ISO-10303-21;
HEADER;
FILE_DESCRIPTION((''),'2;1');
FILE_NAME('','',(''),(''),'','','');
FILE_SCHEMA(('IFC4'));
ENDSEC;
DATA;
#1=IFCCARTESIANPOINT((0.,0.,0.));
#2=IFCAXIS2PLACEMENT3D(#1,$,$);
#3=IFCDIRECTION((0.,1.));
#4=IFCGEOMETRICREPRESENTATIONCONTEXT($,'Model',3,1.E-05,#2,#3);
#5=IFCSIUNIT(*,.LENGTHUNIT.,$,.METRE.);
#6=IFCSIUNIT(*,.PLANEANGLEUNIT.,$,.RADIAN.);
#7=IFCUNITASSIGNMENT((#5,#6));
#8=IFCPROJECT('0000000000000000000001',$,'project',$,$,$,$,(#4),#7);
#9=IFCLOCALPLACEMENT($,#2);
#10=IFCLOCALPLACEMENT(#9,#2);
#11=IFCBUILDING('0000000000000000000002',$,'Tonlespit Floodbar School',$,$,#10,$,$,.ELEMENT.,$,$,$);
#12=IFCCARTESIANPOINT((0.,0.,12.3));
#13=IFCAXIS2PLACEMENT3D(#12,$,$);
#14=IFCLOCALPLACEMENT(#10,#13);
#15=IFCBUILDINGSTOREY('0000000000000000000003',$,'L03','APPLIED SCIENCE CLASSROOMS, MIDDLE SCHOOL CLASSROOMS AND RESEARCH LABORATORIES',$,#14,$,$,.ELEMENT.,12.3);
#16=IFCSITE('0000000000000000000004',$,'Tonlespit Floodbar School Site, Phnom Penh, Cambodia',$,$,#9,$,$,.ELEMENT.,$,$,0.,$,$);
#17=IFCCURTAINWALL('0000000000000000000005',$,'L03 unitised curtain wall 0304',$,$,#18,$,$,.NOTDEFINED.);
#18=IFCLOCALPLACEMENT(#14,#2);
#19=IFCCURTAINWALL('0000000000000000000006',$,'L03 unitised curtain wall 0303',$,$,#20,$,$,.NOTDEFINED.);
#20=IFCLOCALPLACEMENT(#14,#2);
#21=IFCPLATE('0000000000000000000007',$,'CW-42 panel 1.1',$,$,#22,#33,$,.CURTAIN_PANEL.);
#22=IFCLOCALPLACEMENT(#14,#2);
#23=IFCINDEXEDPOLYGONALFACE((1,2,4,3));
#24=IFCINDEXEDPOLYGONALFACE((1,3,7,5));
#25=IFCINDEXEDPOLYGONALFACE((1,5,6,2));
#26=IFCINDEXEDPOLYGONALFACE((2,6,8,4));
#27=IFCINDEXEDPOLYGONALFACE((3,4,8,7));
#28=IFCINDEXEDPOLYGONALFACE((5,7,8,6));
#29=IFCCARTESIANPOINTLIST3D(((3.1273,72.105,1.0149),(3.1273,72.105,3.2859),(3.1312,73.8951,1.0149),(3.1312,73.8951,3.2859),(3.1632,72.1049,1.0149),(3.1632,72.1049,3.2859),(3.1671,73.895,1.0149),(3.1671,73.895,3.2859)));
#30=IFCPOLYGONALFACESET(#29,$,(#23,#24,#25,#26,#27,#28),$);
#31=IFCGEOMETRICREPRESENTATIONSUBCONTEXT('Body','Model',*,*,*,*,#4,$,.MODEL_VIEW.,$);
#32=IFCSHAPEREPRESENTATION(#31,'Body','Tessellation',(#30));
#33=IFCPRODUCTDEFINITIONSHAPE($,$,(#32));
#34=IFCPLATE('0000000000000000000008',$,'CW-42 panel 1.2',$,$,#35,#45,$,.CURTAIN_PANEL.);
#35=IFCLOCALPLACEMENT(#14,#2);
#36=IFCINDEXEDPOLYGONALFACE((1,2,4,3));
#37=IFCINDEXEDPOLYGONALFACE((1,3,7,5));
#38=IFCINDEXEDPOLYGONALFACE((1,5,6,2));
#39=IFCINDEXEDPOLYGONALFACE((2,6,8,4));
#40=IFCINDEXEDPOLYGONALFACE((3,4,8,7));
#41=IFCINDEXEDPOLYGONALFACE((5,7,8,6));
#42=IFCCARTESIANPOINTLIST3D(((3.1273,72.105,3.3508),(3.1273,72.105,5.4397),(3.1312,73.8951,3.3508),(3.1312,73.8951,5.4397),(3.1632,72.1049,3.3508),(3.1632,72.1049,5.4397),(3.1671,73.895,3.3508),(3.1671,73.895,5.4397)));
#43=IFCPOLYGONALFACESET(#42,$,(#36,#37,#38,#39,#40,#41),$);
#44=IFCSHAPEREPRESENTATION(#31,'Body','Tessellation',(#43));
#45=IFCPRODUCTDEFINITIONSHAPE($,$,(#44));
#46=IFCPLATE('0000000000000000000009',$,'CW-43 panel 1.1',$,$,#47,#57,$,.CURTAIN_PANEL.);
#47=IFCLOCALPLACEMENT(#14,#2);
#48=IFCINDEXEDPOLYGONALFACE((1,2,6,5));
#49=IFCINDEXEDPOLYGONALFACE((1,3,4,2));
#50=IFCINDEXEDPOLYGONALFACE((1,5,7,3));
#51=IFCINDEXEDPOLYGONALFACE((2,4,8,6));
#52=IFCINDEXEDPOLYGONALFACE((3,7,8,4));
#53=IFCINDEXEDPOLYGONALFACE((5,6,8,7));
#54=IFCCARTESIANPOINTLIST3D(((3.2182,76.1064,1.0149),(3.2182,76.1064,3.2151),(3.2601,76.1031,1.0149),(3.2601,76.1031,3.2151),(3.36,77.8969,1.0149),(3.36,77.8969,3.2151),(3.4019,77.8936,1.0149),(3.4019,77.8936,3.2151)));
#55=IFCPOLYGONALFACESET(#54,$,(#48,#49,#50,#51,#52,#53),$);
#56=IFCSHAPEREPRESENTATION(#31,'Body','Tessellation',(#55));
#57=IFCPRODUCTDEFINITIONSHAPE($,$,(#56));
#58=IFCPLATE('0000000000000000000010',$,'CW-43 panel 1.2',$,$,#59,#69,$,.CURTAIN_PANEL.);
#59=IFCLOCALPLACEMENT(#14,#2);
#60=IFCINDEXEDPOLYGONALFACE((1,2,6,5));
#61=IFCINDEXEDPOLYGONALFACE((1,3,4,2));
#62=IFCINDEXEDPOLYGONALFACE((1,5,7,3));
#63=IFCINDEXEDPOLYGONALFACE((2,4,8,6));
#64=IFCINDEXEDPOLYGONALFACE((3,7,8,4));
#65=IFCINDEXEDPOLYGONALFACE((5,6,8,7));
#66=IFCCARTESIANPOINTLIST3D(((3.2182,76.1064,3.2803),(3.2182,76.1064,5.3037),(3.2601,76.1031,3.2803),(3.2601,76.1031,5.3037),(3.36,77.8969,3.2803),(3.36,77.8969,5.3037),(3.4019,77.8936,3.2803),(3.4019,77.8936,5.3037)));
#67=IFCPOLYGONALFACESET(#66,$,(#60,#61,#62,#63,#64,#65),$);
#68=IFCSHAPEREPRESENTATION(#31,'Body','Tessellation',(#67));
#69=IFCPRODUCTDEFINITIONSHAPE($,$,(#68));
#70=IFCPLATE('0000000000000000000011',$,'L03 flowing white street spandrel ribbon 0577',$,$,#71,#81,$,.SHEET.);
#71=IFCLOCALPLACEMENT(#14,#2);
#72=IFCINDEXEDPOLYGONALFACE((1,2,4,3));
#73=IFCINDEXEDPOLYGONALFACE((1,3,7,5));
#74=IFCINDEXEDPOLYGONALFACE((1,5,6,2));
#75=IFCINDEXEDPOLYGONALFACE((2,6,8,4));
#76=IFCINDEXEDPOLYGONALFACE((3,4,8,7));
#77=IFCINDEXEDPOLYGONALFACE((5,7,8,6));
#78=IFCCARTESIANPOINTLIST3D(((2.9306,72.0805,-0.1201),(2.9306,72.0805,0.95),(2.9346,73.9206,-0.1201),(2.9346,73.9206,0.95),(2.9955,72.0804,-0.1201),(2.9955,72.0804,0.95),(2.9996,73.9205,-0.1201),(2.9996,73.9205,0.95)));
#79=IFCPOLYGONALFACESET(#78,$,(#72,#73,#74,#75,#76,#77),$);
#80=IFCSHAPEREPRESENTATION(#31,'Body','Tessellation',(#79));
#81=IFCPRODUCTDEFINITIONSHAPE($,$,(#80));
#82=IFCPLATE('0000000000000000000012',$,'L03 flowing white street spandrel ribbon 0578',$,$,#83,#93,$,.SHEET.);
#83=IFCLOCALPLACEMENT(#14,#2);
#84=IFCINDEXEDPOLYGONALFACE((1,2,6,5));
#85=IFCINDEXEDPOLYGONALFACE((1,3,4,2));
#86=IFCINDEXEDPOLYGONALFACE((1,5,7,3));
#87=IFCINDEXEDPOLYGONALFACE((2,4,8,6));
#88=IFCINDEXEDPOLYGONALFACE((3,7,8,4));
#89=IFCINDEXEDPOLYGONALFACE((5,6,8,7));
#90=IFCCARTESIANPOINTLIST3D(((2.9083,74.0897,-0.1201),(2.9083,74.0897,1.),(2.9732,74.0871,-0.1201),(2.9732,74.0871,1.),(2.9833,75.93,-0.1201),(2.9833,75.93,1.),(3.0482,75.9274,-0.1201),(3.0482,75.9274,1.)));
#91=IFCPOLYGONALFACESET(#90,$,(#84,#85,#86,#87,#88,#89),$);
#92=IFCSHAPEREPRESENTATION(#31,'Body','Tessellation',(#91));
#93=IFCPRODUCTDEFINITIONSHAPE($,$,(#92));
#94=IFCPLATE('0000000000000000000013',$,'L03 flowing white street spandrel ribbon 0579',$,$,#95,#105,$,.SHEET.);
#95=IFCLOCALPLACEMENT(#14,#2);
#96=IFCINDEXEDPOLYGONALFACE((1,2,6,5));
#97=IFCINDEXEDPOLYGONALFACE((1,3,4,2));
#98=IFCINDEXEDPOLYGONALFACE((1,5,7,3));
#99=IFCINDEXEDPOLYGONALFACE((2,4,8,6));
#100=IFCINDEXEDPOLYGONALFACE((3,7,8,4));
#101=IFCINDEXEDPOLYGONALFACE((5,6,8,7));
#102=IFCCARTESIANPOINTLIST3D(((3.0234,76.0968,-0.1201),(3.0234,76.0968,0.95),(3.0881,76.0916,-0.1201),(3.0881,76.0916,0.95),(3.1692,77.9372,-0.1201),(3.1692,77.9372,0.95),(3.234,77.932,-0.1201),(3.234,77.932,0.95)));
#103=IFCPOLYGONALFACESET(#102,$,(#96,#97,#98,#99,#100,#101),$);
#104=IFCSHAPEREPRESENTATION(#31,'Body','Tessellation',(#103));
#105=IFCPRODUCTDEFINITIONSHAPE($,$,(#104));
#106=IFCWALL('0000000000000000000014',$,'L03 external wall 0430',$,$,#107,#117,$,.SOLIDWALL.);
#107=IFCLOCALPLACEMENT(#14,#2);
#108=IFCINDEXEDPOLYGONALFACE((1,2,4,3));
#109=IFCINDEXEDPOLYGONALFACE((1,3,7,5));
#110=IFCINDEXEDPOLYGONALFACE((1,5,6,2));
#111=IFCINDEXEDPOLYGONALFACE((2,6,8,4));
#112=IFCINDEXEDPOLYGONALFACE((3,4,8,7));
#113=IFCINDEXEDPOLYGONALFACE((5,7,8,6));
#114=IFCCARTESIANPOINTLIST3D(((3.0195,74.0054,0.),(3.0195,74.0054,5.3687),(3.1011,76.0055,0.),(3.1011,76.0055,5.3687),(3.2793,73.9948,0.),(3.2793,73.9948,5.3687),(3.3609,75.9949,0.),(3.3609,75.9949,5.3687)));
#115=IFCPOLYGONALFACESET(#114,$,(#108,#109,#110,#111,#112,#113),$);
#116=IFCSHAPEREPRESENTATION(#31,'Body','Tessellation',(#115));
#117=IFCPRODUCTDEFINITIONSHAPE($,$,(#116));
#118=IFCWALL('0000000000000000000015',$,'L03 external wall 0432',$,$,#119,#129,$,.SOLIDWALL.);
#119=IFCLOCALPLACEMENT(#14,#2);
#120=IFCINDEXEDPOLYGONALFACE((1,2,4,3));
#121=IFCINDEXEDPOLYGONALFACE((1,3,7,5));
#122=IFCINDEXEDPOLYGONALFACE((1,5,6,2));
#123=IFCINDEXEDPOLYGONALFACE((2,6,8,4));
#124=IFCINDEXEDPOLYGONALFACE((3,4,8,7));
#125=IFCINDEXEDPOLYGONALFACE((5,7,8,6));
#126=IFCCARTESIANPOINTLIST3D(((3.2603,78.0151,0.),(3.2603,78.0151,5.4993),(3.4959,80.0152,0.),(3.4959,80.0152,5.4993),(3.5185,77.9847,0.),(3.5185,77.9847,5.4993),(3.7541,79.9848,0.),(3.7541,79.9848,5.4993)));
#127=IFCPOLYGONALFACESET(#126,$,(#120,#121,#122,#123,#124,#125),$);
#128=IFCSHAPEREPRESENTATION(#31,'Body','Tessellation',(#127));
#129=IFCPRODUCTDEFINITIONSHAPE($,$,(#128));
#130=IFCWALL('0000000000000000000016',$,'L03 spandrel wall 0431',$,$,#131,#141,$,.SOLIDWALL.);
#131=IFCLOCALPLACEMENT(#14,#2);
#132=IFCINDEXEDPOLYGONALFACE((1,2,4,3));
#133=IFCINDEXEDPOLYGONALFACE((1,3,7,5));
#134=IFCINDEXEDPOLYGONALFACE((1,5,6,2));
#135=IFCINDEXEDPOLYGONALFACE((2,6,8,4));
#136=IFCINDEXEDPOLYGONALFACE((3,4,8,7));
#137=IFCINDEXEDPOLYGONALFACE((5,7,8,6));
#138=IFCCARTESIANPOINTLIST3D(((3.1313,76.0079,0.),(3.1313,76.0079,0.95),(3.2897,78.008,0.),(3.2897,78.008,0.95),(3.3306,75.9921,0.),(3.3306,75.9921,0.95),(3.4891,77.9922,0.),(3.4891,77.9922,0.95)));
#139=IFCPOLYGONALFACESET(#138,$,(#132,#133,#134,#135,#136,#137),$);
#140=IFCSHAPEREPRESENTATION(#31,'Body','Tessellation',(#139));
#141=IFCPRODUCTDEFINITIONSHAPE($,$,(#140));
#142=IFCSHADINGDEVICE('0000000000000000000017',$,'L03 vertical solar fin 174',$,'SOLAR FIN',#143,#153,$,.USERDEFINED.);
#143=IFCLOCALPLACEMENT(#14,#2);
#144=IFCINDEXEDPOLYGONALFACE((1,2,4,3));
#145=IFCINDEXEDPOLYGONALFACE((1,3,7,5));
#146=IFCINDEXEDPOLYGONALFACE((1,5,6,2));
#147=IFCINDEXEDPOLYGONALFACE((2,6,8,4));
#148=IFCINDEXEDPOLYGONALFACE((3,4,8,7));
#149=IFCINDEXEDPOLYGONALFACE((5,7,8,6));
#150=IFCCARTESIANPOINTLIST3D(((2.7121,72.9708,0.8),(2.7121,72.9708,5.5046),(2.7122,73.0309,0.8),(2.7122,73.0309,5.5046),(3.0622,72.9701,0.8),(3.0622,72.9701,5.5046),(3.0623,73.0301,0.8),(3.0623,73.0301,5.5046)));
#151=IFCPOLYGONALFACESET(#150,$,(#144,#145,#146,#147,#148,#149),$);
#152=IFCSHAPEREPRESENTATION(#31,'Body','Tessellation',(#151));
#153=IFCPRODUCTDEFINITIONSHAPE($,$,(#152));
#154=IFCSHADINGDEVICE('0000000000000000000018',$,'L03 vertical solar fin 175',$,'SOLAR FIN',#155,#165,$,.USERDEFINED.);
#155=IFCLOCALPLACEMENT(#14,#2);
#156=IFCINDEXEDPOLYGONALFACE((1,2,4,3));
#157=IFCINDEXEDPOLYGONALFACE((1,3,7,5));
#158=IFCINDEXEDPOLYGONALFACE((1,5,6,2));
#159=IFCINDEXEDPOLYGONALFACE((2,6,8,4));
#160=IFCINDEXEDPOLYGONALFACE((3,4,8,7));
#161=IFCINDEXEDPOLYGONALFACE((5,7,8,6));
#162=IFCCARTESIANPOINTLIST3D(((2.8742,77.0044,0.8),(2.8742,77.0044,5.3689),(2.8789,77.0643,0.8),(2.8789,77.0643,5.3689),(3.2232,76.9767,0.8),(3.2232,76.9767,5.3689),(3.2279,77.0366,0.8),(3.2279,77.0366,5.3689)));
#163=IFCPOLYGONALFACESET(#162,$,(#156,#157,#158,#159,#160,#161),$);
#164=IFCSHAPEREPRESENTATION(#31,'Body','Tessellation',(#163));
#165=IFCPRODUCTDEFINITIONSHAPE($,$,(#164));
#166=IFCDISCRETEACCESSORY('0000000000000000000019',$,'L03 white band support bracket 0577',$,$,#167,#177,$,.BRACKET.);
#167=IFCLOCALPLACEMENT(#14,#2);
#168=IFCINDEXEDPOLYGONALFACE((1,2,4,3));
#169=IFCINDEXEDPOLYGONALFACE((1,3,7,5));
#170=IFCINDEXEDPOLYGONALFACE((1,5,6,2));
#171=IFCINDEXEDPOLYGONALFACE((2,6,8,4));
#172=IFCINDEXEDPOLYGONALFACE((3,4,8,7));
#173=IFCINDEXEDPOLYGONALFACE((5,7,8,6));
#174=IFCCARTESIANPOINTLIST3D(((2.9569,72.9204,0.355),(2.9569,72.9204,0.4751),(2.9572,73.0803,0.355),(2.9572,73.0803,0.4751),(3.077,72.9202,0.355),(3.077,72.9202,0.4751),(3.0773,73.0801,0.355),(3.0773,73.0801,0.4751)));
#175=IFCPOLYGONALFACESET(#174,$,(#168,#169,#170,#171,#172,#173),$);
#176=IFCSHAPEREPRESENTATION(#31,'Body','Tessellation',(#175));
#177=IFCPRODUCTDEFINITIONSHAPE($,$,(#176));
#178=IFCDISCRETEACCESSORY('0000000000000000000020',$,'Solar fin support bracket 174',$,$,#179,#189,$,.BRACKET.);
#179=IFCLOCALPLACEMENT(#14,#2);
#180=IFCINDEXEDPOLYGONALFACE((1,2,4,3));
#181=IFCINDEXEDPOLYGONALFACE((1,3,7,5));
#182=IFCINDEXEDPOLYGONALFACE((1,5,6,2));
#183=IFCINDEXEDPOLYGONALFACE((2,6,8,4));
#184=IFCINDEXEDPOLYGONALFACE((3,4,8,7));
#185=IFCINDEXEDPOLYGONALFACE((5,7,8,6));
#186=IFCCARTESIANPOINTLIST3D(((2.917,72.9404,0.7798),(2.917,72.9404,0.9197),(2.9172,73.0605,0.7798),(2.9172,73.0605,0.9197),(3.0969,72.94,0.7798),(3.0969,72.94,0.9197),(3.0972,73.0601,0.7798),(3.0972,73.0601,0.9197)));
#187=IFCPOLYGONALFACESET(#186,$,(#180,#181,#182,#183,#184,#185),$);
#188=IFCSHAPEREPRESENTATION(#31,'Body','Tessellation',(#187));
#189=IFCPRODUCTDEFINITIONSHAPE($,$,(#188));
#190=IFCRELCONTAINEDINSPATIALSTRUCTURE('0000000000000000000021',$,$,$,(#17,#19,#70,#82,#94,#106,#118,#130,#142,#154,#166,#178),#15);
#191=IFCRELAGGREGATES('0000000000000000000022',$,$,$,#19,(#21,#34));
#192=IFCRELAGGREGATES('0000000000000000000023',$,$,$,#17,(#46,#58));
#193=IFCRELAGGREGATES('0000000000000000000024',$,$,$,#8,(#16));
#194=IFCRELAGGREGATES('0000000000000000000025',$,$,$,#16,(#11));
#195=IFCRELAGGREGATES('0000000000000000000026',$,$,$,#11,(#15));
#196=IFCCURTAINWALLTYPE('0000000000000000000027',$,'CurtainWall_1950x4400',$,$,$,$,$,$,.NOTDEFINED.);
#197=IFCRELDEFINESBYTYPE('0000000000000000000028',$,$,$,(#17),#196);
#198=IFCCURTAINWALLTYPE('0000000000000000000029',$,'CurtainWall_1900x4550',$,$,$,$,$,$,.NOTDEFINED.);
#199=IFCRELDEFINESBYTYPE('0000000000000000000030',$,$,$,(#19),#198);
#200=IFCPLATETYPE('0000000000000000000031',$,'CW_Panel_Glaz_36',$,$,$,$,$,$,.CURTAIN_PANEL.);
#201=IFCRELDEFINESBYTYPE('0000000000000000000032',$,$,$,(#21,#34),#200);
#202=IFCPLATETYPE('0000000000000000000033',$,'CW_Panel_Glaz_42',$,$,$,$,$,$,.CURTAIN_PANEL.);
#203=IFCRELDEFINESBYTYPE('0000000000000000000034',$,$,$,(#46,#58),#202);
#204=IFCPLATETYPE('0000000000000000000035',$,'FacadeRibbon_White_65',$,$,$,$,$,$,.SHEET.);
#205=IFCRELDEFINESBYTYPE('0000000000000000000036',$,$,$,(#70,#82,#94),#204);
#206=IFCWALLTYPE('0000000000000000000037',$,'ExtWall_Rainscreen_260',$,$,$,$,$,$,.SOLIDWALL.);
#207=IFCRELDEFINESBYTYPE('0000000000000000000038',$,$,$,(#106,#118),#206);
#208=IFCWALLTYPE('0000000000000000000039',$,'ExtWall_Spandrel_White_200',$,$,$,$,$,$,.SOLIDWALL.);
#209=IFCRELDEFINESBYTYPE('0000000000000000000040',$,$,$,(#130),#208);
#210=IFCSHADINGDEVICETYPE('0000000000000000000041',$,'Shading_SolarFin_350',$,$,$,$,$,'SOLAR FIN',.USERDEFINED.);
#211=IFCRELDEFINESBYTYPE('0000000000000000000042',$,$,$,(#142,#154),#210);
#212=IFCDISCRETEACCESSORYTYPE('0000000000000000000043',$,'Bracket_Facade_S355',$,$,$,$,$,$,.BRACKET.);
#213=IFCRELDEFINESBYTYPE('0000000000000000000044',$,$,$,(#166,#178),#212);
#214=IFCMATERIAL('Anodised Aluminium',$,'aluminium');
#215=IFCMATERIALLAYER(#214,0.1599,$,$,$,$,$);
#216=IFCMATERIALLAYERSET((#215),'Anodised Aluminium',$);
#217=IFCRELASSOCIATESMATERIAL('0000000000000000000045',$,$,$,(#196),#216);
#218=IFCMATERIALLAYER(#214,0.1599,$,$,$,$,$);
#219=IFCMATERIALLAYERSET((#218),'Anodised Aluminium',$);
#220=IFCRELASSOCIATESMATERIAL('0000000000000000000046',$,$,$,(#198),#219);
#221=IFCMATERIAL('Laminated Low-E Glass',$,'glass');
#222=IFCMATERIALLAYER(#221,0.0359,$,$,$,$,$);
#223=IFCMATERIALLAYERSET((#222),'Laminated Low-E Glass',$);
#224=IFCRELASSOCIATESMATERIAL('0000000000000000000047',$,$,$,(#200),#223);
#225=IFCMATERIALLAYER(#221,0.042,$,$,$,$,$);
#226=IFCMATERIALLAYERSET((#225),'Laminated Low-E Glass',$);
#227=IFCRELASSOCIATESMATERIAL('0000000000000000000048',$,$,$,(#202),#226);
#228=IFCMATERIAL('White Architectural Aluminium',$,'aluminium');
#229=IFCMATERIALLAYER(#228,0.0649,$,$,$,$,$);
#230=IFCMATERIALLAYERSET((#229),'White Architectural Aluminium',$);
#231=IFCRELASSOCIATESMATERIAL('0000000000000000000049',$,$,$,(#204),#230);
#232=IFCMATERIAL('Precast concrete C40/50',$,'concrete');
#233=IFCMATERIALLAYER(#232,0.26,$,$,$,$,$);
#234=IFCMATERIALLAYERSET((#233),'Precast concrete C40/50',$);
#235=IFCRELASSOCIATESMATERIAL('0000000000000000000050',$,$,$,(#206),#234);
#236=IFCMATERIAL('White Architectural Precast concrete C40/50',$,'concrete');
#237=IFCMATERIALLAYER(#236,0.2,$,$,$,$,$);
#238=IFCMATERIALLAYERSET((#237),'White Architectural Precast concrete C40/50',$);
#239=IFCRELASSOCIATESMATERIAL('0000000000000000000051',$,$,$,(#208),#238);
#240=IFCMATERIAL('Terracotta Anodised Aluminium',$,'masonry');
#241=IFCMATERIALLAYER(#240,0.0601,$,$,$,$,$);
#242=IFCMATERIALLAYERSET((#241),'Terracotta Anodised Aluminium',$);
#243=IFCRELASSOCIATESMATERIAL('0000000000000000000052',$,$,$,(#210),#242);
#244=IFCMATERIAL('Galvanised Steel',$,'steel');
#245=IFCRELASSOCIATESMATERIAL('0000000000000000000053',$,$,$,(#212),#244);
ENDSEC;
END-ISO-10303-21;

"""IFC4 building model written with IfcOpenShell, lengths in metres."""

from ifc_helpers import new_model, si_unit, direction, frame, frame_2d, origin, origin_2d, place, context, subcontext, project, spatial, rectangle, extrude, material, layer, layer_set, type_object, element, aggregate, save


model = new_model("IFC4")

# Units and contexts
model_context = context("Model", 3, precision=1e-05, world=origin(), true_north=direction((0.0, 1.0)))
body_context = subcontext(model_context, "Body", "Model", "MODEL_VIEW")
ifc_project = project(units=[si_unit("LENGTHUNIT", "METRE"), si_unit("PLANEANGLEUNIT", "RADIAN")], contexts=[model_context])

# Site, building, storey
site_placement = place(None, origin())
site = spatial("IfcSite", under=ifc_project, at=site_placement, Name="Tonlespit Floodbar School Site, Phnom Penh, Cambodia", CompositionType="ELEMENT", RefElevation=0.0)
building_placement = place(site_placement, origin())
building = spatial("IfcBuilding", under=site, at=building_placement, Name="Tonlespit Floodbar School", CompositionType="ELEMENT")
storey_placement = place(building_placement, frame((0.0, 0.0, 12.3)))
storey = spatial("IfcBuildingStorey", under=building, at=storey_placement, Name="L03", Description="APPLIED SCIENCE CLASSROOMS, MIDDLE SCHOOL CLASSROOMS AND RESEARCH LABORATORIES", CompositionType="ELEMENT", Elevation=12.3)

# Curtain walls
ifc_material_1 = material(Name="Anodised Aluminium", Category="aluminium")
ifc_layer_1 = layer(ifc_material_1, 0.1599)
ifc_layer_set_1 = layer_set([ifc_layer_1], Name="Anodised Aluminium")
curtain_wall_type_1 = type_object("IfcCurtainWallType", Name="CurtainWall_1950x4400", PredefinedType="NOTDEFINED", material=ifc_layer_set_1)
curtain_wall_1_placement = place(storey_placement, origin())
curtain_wall_1 = element("IfcCurtainWall", 1, at=curtain_wall_1_placement, inside=storey, type_object=curtain_wall_type_1, Name="L03 unitised curtain wall 0304", PredefinedType="NOTDEFINED")
ifc_layer_2 = layer(ifc_material_1, 0.1599)
ifc_layer_set_2 = layer_set([ifc_layer_2], Name="Anodised Aluminium")
curtain_wall_type_2 = type_object("IfcCurtainWallType", Name="CurtainWall_1900x4550", PredefinedType="NOTDEFINED", material=ifc_layer_set_2)
curtain_wall_2_placement = place(storey_placement, origin())
curtain_wall_2 = element("IfcCurtainWall", 2, at=curtain_wall_2_placement, inside=storey, type_object=curtain_wall_type_2, Name="L03 unitised curtain wall 0303", PredefinedType="NOTDEFINED")

# Plates
ifc_material_2 = material(Name="Laminated Low-E Glass", Category="glass")
ifc_layer_3 = layer(ifc_material_2, 0.0359)
ifc_layer_set_3 = layer_set([ifc_layer_3], Name="Laminated Low-E Glass")
plate_type_1 = type_object("IfcPlateType", Name="CW_Panel_Glaz_36", PredefinedType="CURTAIN_PANEL", material=ifc_layer_set_3)
plate_1_placement = place(storey_placement, frame((3.1472, 73.0, 1.0149), z_axis=(0.0, 0.0, 1.0), x_axis=(0.002187, 0.999998, 0.0)))
plate_1 = element("IfcPlate", 3, at=plate_1_placement, type_object=plate_type_1, Name="CW-42 panel 1.1", PredefinedType="CURTAIN_PANEL", context=body_context, shape_type="SweptSolid", body=[
    extrude(rectangle(XDim=1.79, YDim=0.0359, at=origin_2d()), origin(), (0.0, 0.0, 1.0), 2.271),
])
plate_2_placement = place(storey_placement, frame((3.1472, 73.0, 3.3508), z_axis=(0.0, 0.0, 1.0), x_axis=(0.002187, 0.999998, 0.0)))
plate_2 = element("IfcPlate", 4, at=plate_2_placement, type_object=plate_type_1, Name="CW-42 panel 1.2", PredefinedType="CURTAIN_PANEL", context=body_context, shape_type="SweptSolid", body=[
    extrude(rectangle(XDim=1.79, YDim=0.0359, at=origin_2d()), origin(), (0.0, 0.0, 1.0), 2.0889),
])
aggregate(curtain_wall_2, [plate_1, plate_2])
ifc_layer_4 = layer(ifc_material_2, 0.042)
ifc_layer_set_4 = layer_set([ifc_layer_4], Name="Laminated Low-E Glass")
plate_type_2 = type_object("IfcPlateType", Name="CW_Panel_Glaz_42", PredefinedType="CURTAIN_PANEL", material=ifc_layer_set_4)
plate_3_placement = place(storey_placement, frame((3.3101, 77.0, 1.0149), z_axis=(0.0, 0.0, 1.0), x_axis=(0.078963, 0.996878, 0.0)))
plate_3 = element("IfcPlate", 5, at=plate_3_placement, type_object=plate_type_2, Name="CW-43 panel 1.1", PredefinedType="CURTAIN_PANEL", context=body_context, shape_type="SweptSolid", body=[
    extrude(rectangle(XDim=1.7961, YDim=0.042, at=origin_2d()), origin(), (0.0, 0.0, 1.0), 2.2002),
])
plate_4_placement = place(storey_placement, frame((3.3101, 77.0, 3.2803), z_axis=(0.0, 0.0, 1.0), x_axis=(0.078963, 0.996878, 0.0)))
plate_4 = element("IfcPlate", 6, at=plate_4_placement, type_object=plate_type_2, Name="CW-43 panel 1.2", PredefinedType="CURTAIN_PANEL", context=body_context, shape_type="SweptSolid", body=[
    extrude(rectangle(XDim=1.7961, YDim=0.042, at=origin_2d()), origin(), (0.0, 0.0, 1.0), 2.0234),
])
aggregate(curtain_wall_1, [plate_3, plate_4])

# Plates
ifc_material_3 = material(Name="White Architectural Aluminium", Category="aluminium")
ifc_layer_5 = layer(ifc_material_3, 0.0649)
ifc_layer_set_5 = layer_set([ifc_layer_5], Name="White Architectural Aluminium")
plate_type_3 = type_object("IfcPlateType", Name="FacadeRibbon_White_65", PredefinedType="SHEET", material=ifc_layer_set_5)
plate_5_placement = place(storey_placement, frame((2.9651, 73.0005, -0.1201), z_axis=(0.0, 0.0, 1.0), x_axis=(0.002201, 0.999998, 0.0)))
element("IfcPlate", 7, at=plate_5_placement, inside=storey, type_object=plate_type_3, Name="L03 flowing white street spandrel ribbon 0577", PredefinedType="SHEET", context=body_context, shape_type="SweptSolid", body=[
    extrude(rectangle(XDim=1.8401, YDim=0.0649, at=origin_2d()), origin(), (0.0, 0.0, 1.0), 1.0701),
])
plate_6_placement = place(storey_placement, frame((2.9783, 75.0085, -0.1201), z_axis=(0.0, 0.0, 1.0), x_axis=(0.040716, 0.999171, 0.0)))
element("IfcPlate", 8, at=plate_6_placement, inside=storey, type_object=plate_type_3, Name="L03 flowing white street spandrel ribbon 0578", PredefinedType="SHEET", context=body_context, shape_type="SweptSolid", body=[
    extrude(rectangle(XDim=1.8418, YDim=0.0649, at=origin_2d()), origin(), (0.0, 0.0, 1.0), 1.1201),
])
plate_7_placement = place(storey_placement, frame((3.1287, 77.0144, -0.1201), z_axis=(0.0, 0.0, 1.0), x_axis=(0.079002, 0.996874, 0.0)))
element("IfcPlate", 9, at=plate_7_placement, inside=storey, type_object=plate_type_3, Name="L03 flowing white street spandrel ribbon 0579", PredefinedType="SHEET", context=body_context, shape_type="SweptSolid", body=[
    extrude(rectangle(XDim=1.8462, YDim=0.0649, at=origin_2d()), origin(), (0.0, 0.0, 1.0), 1.0701),
])

# Walls
ifc_material_4 = material(Name="Precast concrete C40/50", Category="concrete")
ifc_layer_6 = layer(ifc_material_4, 0.26)
ifc_layer_set_6 = layer_set([ifc_layer_6], Name="Precast concrete C40/50")
wall_type_1 = type_object("IfcWallType", Name="ExtWall_Rainscreen_260", PredefinedType="SOLIDWALL", material=ifc_layer_set_6)
wall_1_placement = place(storey_placement, frame((3.1494, 74.0, 0.0), z_axis=(0.0, 0.0, 1.0), x_axis=(0.040738, 0.99917, 0.0)))
element("IfcWall", 10, at=wall_1_placement, inside=storey, type_object=wall_type_1, Name="L03 external wall 0430", PredefinedType="SOLIDWALL", context=body_context, shape_type="SweptSolid", body=[
    extrude(rectangle(XDim=2.0017, YDim=0.26, at=frame_2d((1.001, 0.0))), origin(), (0.0, 0.0, 1.0), 5.3687),
])
wall_2_placement = place(storey_placement, frame((3.3894, 78.0, 0.0), z_axis=(0.0, 0.0, 1.0), x_axis=(0.116989, 0.993133, 0.0)))
element("IfcWall", 11, at=wall_2_placement, inside=storey, type_object=wall_type_1, Name="L03 external wall 0432", PredefinedType="SOLIDWALL", context=body_context, shape_type="SweptSolid", body=[
    extrude(rectangle(XDim=2.0139, YDim=0.26, at=frame_2d((1.0068, 0.0))), origin(), (0.0, 0.0, 1.0), 5.4993),
])
ifc_material_5 = material(Name="White Architectural Precast concrete C40/50", Category="concrete")
ifc_layer_7 = layer(ifc_material_5, 0.2)
ifc_layer_set_7 = layer_set([ifc_layer_7], Name="White Architectural Precast concrete C40/50")
wall_type_2 = type_object("IfcWallType", Name="ExtWall_Spandrel_White_200", PredefinedType="SOLIDWALL", material=ifc_layer_set_7)
wall_3_placement = place(storey_placement, frame((3.231, 76.0, 0.0), z_axis=(0.0, 0.0, 1.0), x_axis=(0.078976, 0.996877, 0.0)))
element("IfcWall", 12, at=wall_3_placement, inside=storey, type_object=wall_type_2, Name="L03 spandrel wall 0431", PredefinedType="SOLIDWALL", context=body_context, shape_type="SweptSolid", body=[
    extrude(rectangle(XDim=2.0063, YDim=0.2, at=frame_2d((1.0032, 0.0))), origin(), (0.0, 0.0, 1.0), 0.95),
])

# Shading devices
ifc_material_6 = material(Name="Terracotta Anodised Aluminium", Category="masonry")
ifc_layer_8 = layer(ifc_material_6, 0.0601)
ifc_layer_set_8 = layer_set([ifc_layer_8], Name="Terracotta Anodised Aluminium")
shading_device_type = type_object("IfcShadingDeviceType", Name="Shading_SolarFin_350", ElementType="SOLAR FIN", PredefinedType="USERDEFINED", material=ifc_layer_set_8)
shading_device_1_placement = place(storey_placement, frame((2.8872, 73.0005, 0.8), z_axis=(0.0, 0.0, 1.0), x_axis=(0.002201, 0.999998, 0.0)))
element("IfcShadingDevice", 13, at=shading_device_1_placement, inside=storey, type_object=shading_device_type, Name="L03 vertical solar fin 174", ObjectType="SOLAR FIN", PredefinedType="USERDEFINED", context=body_context, shape_type="SweptSolid", body=[
    extrude(rectangle(XDim=0.0601, YDim=0.3501, at=origin_2d()), origin(), (0.0, 0.0, 1.0), 4.7046),
])
shading_device_2_placement = place(storey_placement, frame((3.051, 77.0205, 0.8), z_axis=(0.0, 0.0, 1.0), x_axis=(0.079002, 0.996874, 0.0)))
element("IfcShadingDevice", 14, at=shading_device_2_placement, inside=storey, type_object=shading_device_type, Name="L03 vertical solar fin 175", ObjectType="SOLAR FIN", PredefinedType="USERDEFINED", context=body_context, shape_type="SweptSolid", body=[
    extrude(rectangle(XDim=0.0601, YDim=0.3501, at=origin_2d()), origin(), (0.0, 0.0, 1.0), 4.5688),
])

# Discrete accessories
ifc_material_7 = material(Name="Galvanised Steel", Category="steel")
discrete_accessory_type = type_object("IfcDiscreteAccessoryType", Name="Bracket_Facade_S355", PredefinedType="BRACKET", material=ifc_material_7)
discrete_accessory_1_placement = place(storey_placement, frame((3.0171, 73.0002, 0.355), z_axis=(0.0, 0.0, 1.0), x_axis=(0.002201, 0.999998, 0.0)))
element("IfcDiscreteAccessory", 15, at=discrete_accessory_1_placement, inside=storey, type_object=discrete_accessory_type, Name="L03 white band support bracket 0577", PredefinedType="BRACKET", context=body_context, shape_type="SweptSolid", body=[
    extrude(rectangle(XDim=0.1599, YDim=0.1201, at=origin_2d()), origin(), (0.0, 0.0, 1.0), 0.1201),
])
discrete_accessory_2_placement = place(storey_placement, frame((3.0071, 73.0002, 0.7798), z_axis=(0.0, 0.0, 1.0), x_axis=(0.002201, 0.999998, 0.0)))
element("IfcDiscreteAccessory", 16, at=discrete_accessory_2_placement, inside=storey, type_object=discrete_accessory_type, Name="Solar fin support bracket 174", PredefinedType="BRACKET", context=body_context, shape_type="SweptSolid", body=[
    extrude(rectangle(XDim=0.1201, YDim=0.1799, at=origin_2d()), origin(), (0.0, 0.0, 1.0), 0.1399),
])

save(model, "model.ifc")
